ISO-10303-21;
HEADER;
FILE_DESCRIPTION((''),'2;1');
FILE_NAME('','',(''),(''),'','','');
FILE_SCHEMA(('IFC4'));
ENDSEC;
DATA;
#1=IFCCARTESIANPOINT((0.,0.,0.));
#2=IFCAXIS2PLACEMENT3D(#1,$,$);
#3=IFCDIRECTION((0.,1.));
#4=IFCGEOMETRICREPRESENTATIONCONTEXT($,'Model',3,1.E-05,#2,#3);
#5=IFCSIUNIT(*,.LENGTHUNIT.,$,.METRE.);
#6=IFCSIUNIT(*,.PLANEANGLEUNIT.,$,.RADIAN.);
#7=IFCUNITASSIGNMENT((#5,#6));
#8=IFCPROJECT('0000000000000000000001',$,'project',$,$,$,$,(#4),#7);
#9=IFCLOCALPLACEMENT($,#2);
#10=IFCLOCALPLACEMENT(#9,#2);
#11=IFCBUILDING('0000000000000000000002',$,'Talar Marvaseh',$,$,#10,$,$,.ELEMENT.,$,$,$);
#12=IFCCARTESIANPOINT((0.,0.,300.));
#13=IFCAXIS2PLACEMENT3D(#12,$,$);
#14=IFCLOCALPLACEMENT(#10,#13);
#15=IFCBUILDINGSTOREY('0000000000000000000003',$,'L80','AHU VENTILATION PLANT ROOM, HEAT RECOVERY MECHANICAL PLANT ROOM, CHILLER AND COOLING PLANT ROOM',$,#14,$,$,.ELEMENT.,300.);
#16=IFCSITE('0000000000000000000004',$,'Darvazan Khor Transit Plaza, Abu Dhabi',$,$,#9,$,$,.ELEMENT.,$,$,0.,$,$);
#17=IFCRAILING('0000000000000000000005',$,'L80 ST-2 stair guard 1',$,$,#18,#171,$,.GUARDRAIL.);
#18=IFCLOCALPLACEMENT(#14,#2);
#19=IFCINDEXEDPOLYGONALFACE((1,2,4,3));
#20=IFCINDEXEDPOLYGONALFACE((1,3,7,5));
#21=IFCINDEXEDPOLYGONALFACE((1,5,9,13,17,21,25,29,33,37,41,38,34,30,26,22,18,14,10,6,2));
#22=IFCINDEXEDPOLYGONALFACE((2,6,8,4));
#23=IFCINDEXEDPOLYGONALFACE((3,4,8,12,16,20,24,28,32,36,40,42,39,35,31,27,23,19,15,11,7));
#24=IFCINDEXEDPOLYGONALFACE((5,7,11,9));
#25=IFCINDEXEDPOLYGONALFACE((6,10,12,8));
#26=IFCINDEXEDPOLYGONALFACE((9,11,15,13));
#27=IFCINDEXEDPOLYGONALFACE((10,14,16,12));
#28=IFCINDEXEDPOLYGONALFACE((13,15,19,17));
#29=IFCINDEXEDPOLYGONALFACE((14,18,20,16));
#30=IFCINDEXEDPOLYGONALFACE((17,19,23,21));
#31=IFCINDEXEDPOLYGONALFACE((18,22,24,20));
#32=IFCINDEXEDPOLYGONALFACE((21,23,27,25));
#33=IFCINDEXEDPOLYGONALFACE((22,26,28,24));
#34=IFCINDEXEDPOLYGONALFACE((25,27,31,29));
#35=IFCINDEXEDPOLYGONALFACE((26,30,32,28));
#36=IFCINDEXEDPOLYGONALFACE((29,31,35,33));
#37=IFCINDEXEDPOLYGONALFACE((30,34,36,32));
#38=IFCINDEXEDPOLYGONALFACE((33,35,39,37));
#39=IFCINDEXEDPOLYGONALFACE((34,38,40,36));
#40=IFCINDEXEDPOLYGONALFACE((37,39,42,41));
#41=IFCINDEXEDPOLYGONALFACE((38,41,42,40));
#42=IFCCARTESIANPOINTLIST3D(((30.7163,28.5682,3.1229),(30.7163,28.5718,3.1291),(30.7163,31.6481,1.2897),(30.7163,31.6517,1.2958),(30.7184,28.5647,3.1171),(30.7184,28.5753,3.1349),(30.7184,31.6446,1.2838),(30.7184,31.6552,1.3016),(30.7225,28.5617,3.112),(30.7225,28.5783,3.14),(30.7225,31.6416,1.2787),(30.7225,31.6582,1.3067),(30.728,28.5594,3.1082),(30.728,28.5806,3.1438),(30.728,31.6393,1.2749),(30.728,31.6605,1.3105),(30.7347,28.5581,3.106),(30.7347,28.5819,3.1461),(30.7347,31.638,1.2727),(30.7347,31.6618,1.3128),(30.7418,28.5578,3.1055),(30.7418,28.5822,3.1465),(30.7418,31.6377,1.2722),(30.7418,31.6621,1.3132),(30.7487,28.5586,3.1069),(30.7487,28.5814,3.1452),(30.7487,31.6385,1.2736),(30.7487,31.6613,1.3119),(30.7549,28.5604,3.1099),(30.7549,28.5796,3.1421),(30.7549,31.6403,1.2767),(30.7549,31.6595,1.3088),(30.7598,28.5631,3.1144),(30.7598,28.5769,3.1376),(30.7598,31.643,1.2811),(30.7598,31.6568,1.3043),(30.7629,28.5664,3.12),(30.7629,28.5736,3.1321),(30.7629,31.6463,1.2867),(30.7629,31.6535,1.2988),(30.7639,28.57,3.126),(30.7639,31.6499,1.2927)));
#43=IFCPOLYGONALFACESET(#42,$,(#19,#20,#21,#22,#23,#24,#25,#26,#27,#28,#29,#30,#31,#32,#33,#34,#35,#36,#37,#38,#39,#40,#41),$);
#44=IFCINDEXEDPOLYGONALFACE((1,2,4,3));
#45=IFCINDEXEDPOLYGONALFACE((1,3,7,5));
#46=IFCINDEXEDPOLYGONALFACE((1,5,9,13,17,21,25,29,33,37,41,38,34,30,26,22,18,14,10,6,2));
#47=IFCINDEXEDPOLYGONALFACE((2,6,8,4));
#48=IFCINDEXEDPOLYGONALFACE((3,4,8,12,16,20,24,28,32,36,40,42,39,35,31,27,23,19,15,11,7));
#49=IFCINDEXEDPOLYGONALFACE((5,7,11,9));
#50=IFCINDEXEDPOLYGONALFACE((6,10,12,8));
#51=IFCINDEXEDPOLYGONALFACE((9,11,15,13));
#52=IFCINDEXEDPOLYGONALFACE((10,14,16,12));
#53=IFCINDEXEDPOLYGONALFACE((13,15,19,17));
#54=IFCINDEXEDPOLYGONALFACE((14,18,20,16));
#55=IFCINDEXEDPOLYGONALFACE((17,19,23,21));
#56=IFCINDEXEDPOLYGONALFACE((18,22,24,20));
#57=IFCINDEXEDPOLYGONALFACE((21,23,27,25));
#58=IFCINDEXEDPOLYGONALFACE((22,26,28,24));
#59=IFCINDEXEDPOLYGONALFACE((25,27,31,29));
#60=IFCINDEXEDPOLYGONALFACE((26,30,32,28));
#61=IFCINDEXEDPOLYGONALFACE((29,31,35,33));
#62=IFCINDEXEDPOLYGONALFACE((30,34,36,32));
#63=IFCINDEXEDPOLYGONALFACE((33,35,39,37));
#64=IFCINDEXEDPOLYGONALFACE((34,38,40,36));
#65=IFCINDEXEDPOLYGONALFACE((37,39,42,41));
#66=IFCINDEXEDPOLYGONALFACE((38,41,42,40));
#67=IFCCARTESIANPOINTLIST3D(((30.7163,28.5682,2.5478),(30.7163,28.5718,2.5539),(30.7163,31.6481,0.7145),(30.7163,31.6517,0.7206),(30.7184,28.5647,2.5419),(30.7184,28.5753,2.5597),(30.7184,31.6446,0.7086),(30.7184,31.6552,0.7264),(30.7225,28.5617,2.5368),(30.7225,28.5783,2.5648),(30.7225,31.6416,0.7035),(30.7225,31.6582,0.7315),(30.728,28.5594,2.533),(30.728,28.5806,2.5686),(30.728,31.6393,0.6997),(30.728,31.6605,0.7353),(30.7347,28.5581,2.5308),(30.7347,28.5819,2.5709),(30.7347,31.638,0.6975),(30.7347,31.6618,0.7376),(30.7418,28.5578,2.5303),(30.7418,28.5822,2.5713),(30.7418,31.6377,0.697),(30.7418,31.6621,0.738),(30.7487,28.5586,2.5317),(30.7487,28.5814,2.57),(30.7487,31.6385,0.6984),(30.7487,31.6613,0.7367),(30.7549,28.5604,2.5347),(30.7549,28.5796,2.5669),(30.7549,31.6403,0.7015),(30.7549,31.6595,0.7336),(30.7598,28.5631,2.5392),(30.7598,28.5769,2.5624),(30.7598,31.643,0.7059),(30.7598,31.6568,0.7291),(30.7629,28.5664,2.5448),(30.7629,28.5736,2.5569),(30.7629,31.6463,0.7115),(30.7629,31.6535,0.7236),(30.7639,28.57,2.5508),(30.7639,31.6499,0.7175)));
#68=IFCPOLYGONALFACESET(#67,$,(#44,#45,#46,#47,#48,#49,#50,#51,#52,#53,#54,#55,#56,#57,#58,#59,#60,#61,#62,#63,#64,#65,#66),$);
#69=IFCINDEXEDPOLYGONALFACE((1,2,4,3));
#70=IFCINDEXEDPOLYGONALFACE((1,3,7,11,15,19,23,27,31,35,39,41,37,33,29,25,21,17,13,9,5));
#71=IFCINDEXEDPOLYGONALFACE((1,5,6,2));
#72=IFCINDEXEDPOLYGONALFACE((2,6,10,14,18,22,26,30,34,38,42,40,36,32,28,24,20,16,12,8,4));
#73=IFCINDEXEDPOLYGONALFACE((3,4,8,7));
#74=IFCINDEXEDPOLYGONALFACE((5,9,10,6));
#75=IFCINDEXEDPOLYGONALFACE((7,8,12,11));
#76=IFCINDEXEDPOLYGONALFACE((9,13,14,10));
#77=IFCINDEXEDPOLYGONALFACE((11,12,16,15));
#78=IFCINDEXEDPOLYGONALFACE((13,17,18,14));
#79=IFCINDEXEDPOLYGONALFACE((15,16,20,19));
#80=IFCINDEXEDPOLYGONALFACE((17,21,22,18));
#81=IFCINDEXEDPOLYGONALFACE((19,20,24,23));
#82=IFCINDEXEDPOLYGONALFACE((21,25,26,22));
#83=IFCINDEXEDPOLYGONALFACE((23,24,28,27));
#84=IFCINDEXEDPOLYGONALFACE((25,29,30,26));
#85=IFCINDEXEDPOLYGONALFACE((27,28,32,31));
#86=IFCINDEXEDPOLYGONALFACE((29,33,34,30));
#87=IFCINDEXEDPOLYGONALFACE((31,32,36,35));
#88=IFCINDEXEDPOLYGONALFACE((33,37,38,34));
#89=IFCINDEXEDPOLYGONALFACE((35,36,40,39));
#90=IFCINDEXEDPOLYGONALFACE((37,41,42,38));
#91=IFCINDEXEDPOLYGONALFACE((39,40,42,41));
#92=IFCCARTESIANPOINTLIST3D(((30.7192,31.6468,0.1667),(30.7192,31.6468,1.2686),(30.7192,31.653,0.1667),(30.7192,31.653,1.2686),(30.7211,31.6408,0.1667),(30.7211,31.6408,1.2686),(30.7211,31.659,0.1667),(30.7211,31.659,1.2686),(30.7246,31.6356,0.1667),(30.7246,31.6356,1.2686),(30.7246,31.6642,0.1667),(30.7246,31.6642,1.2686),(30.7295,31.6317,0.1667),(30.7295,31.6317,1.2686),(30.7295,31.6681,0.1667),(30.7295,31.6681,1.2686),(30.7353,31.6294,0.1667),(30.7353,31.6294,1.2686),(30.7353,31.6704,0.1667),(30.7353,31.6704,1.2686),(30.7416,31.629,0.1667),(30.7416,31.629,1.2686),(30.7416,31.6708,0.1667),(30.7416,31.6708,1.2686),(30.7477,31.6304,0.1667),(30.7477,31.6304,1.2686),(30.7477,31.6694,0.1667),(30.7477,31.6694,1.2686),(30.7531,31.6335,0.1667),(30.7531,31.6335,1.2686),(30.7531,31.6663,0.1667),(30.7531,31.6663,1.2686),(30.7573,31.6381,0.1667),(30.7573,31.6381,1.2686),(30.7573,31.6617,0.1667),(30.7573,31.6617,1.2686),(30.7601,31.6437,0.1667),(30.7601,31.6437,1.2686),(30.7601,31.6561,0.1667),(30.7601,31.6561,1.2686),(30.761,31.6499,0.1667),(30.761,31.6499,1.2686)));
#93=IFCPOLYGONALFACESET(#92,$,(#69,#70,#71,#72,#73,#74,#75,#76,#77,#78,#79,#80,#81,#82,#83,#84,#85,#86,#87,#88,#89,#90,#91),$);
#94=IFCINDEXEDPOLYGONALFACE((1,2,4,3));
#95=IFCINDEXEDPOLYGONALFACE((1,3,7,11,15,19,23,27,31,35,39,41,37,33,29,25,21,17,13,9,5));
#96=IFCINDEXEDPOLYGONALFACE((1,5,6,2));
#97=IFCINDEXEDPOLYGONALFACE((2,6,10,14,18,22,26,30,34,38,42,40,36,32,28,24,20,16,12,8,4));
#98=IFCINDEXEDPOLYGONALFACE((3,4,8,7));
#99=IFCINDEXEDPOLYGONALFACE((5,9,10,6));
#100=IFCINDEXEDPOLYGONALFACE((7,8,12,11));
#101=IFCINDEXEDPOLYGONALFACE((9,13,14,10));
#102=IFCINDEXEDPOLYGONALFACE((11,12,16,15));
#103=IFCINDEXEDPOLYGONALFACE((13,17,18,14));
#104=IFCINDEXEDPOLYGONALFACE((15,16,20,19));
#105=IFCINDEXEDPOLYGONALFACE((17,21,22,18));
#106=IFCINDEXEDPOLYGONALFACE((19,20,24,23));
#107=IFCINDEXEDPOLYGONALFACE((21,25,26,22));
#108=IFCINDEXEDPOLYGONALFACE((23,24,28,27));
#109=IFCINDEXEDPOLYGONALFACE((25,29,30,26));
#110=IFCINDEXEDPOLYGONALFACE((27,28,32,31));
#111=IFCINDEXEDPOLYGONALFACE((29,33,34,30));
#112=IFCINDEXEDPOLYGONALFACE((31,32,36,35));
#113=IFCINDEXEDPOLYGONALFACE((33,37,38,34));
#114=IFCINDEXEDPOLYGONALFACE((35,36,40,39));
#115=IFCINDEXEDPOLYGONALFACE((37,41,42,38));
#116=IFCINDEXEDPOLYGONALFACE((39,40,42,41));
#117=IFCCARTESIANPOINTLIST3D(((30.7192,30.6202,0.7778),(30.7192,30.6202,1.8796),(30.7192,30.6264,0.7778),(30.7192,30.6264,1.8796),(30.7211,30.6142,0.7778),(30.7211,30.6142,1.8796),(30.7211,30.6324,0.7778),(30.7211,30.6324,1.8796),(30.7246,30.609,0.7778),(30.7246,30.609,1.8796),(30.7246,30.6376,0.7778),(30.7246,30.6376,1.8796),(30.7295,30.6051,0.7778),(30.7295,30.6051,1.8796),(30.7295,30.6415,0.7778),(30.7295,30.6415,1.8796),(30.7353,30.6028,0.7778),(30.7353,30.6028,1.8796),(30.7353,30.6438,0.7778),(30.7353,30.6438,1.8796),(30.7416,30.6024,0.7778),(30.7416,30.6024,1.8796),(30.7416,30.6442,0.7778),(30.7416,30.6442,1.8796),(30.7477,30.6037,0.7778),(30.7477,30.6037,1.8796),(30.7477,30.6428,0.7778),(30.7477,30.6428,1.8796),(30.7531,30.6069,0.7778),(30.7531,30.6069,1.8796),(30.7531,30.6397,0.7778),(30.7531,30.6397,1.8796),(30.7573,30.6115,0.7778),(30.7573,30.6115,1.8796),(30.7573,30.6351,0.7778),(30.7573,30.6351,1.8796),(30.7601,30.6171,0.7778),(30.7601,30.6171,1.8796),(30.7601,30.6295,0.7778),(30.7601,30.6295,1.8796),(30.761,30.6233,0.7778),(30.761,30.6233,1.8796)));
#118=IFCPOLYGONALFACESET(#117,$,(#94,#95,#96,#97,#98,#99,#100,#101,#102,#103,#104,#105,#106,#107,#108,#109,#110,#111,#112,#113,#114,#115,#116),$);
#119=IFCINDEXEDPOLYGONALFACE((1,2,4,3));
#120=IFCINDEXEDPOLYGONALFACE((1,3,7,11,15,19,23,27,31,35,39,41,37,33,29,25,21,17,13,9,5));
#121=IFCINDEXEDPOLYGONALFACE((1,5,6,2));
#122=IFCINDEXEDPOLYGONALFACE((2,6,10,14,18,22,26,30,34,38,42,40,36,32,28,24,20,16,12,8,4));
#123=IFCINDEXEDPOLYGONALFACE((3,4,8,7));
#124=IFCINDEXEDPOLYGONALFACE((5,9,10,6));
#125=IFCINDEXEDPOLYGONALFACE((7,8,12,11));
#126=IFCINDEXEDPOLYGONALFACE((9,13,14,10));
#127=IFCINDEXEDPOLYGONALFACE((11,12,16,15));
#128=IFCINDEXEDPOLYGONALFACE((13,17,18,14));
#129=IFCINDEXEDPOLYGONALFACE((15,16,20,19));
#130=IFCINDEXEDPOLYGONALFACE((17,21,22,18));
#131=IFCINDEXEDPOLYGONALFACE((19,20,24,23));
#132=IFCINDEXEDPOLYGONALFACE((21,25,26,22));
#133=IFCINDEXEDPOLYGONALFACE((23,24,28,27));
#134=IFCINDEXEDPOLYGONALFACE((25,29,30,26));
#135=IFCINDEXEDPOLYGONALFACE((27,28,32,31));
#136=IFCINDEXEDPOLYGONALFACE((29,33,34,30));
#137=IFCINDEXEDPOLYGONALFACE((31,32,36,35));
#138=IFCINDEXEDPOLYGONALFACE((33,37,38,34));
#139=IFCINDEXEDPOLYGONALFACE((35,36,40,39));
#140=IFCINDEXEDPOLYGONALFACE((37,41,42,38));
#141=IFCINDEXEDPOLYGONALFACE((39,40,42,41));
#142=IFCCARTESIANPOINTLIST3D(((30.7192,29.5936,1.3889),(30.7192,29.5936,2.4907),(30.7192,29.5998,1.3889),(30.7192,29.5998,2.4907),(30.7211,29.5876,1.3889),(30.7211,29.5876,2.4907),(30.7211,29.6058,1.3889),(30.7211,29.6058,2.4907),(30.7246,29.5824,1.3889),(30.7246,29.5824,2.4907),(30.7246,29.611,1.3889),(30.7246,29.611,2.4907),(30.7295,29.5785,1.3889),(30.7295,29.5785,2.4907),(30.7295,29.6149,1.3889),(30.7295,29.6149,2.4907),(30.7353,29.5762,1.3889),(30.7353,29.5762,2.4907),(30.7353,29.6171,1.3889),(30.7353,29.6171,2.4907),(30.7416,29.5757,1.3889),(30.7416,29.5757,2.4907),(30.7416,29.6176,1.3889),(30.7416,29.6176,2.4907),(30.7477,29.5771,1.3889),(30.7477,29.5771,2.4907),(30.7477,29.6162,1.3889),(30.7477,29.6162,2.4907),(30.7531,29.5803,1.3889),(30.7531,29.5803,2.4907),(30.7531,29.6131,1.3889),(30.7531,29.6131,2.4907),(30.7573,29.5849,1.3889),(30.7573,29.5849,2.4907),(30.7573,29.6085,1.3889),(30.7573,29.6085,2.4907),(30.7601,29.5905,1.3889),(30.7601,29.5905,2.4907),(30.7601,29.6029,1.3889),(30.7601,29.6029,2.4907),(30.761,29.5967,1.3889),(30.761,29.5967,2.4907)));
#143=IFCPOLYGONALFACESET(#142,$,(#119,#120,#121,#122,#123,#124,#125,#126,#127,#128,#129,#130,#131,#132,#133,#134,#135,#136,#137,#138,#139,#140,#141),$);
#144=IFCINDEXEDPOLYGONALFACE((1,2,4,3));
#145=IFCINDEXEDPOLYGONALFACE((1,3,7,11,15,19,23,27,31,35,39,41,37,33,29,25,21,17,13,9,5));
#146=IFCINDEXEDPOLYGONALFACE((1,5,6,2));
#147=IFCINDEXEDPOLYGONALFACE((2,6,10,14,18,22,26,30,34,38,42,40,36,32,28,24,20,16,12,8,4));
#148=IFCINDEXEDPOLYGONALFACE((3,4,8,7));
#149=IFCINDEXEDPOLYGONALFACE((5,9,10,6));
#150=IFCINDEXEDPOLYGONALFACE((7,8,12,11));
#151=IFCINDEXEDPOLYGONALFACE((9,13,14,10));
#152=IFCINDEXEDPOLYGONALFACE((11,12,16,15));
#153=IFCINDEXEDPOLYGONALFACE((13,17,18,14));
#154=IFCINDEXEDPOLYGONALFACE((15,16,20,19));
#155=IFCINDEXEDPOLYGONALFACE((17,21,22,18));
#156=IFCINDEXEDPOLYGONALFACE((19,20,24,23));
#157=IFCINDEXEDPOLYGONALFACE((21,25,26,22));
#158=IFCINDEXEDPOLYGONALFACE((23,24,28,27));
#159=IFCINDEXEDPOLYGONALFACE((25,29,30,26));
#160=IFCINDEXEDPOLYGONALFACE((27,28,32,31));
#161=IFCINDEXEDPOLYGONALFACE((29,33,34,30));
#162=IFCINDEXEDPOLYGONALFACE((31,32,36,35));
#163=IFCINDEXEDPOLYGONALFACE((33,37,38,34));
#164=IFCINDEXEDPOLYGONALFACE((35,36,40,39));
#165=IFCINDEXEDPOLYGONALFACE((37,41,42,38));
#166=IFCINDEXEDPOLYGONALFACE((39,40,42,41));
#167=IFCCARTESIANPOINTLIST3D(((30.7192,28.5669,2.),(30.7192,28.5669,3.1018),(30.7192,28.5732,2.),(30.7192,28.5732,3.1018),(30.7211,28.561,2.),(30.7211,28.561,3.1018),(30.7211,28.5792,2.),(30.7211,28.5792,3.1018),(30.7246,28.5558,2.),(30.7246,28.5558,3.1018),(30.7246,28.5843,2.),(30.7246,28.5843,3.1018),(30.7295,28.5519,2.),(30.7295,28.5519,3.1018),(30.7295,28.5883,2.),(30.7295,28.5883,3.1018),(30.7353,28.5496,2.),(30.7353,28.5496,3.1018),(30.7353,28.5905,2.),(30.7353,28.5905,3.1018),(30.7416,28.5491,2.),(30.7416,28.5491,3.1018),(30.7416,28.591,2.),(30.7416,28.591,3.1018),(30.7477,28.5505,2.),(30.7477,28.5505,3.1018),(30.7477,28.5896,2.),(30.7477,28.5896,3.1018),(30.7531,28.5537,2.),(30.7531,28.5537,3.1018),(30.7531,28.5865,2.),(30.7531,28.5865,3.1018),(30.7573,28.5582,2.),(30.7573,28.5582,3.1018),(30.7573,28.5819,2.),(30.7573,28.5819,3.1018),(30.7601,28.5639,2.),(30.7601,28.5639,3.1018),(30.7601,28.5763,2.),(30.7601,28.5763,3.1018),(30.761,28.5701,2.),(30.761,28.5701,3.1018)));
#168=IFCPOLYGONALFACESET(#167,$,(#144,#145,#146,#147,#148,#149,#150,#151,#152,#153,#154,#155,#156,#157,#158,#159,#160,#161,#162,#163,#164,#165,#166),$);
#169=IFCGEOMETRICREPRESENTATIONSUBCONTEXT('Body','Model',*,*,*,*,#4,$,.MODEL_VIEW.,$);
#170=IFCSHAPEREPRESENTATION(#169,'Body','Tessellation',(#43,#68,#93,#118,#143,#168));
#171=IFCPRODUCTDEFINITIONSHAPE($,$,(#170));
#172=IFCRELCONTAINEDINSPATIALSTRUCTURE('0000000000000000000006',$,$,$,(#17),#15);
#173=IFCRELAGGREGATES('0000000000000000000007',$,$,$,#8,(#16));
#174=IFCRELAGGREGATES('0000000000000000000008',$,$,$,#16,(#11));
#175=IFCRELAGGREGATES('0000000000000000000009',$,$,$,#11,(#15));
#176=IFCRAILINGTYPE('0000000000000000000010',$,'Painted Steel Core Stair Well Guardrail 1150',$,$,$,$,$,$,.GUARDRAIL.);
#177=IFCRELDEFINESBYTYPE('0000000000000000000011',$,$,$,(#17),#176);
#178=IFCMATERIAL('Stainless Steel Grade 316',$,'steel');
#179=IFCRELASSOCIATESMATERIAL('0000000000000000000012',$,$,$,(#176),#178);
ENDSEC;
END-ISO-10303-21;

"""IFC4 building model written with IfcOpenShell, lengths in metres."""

from ifc_helpers import new_model, si_unit, direction, frame, origin, origin_2d, place, context, subcontext, project, spatial, circle, extrude, material, type_object, element, save


model = new_model("IFC4")

# Units and contexts
model_context = context("Model", 3, precision=1e-05, world=origin(), true_north=direction((0.0, 1.0)))
body_context = subcontext(model_context, "Body", "Model", "MODEL_VIEW")
ifc_project = project(units=[si_unit("LENGTHUNIT", "METRE"), si_unit("PLANEANGLEUNIT", "RADIAN")], contexts=[model_context])

# Site, building, storey
site_placement = place(None, origin())
site = spatial("IfcSite", under=ifc_project, at=site_placement, Name="Darvazan Khor Transit Plaza, Abu Dhabi", CompositionType="ELEMENT", RefElevation=0.0)
building_placement = place(site_placement, origin())
building = spatial("IfcBuilding", under=site, at=building_placement, Name="Talar Marvaseh", CompositionType="ELEMENT")
storey_placement = place(building_placement, frame((0.0, 0.0, 300.0)))
storey = spatial("IfcBuildingStorey", under=building, at=storey_placement, Name="L80", Description="AHU VENTILATION PLANT ROOM, HEAT RECOVERY MECHANICAL PLANT ROOM, CHILLER AND COOLING PLANT ROOM", CompositionType="ELEMENT", Elevation=300.0)

# Railing
ifc_material_1 = material(Name="Stainless Steel Grade 316", Category="steel")
railing_type_1 = type_object("IfcRailingType", Name="Painted Steel Core Stair Well Guardrail 1150", PredefinedType="GUARDRAIL", material=ifc_material_1)
railing_1_placement = place(storey_placement, frame((30.74, 31.6499, 0.1667)))
element("IfcRailing", 1, at=railing_1_placement, inside=storey, type_object=railing_type_1, Name="L80 ST-2 stair guard 1", PredefinedType="GUARDRAIL", context=body_context, shape_type="SweptSolid", body=[
    extrude(circle(Radius=0.0239, at=origin_2d()), frame((0.0, 0.0, 1.126), z_axis=(0.0, -0.859291, 0.511487), x_axis=(1.0, 0.0, 0.0)), (0.0, 0.0, 1.0), 3.5842),
    extrude(circle(Radius=0.0239, at=origin_2d()), frame((0.0, 0.0, 0.5508), z_axis=(0.0, -0.859291, 0.511487), x_axis=(1.0, 0.0, 0.0)), (0.0, 0.0, 1.0), 3.5842),
    extrude(circle(Radius=0.021, at=origin_2d()), origin(), (0.0, 0.0, 1.0), 1.1018),
    extrude(circle(Radius=0.021, at=origin_2d()), frame((0.0, -1.0266, 0.6111)), (0.0, 0.0, 1.0), 1.1018),
    extrude(circle(Radius=0.021, at=origin_2d()), frame((0.0, -2.0532, 1.2222)), (0.0, 0.0, 1.0), 1.1018),
    extrude(circle(Radius=0.021, at=origin_2d()), frame((0.0, -3.0798, 1.8333)), (0.0, 0.0, 1.0), 1.1018),
])

save(model, "model.ifc")
